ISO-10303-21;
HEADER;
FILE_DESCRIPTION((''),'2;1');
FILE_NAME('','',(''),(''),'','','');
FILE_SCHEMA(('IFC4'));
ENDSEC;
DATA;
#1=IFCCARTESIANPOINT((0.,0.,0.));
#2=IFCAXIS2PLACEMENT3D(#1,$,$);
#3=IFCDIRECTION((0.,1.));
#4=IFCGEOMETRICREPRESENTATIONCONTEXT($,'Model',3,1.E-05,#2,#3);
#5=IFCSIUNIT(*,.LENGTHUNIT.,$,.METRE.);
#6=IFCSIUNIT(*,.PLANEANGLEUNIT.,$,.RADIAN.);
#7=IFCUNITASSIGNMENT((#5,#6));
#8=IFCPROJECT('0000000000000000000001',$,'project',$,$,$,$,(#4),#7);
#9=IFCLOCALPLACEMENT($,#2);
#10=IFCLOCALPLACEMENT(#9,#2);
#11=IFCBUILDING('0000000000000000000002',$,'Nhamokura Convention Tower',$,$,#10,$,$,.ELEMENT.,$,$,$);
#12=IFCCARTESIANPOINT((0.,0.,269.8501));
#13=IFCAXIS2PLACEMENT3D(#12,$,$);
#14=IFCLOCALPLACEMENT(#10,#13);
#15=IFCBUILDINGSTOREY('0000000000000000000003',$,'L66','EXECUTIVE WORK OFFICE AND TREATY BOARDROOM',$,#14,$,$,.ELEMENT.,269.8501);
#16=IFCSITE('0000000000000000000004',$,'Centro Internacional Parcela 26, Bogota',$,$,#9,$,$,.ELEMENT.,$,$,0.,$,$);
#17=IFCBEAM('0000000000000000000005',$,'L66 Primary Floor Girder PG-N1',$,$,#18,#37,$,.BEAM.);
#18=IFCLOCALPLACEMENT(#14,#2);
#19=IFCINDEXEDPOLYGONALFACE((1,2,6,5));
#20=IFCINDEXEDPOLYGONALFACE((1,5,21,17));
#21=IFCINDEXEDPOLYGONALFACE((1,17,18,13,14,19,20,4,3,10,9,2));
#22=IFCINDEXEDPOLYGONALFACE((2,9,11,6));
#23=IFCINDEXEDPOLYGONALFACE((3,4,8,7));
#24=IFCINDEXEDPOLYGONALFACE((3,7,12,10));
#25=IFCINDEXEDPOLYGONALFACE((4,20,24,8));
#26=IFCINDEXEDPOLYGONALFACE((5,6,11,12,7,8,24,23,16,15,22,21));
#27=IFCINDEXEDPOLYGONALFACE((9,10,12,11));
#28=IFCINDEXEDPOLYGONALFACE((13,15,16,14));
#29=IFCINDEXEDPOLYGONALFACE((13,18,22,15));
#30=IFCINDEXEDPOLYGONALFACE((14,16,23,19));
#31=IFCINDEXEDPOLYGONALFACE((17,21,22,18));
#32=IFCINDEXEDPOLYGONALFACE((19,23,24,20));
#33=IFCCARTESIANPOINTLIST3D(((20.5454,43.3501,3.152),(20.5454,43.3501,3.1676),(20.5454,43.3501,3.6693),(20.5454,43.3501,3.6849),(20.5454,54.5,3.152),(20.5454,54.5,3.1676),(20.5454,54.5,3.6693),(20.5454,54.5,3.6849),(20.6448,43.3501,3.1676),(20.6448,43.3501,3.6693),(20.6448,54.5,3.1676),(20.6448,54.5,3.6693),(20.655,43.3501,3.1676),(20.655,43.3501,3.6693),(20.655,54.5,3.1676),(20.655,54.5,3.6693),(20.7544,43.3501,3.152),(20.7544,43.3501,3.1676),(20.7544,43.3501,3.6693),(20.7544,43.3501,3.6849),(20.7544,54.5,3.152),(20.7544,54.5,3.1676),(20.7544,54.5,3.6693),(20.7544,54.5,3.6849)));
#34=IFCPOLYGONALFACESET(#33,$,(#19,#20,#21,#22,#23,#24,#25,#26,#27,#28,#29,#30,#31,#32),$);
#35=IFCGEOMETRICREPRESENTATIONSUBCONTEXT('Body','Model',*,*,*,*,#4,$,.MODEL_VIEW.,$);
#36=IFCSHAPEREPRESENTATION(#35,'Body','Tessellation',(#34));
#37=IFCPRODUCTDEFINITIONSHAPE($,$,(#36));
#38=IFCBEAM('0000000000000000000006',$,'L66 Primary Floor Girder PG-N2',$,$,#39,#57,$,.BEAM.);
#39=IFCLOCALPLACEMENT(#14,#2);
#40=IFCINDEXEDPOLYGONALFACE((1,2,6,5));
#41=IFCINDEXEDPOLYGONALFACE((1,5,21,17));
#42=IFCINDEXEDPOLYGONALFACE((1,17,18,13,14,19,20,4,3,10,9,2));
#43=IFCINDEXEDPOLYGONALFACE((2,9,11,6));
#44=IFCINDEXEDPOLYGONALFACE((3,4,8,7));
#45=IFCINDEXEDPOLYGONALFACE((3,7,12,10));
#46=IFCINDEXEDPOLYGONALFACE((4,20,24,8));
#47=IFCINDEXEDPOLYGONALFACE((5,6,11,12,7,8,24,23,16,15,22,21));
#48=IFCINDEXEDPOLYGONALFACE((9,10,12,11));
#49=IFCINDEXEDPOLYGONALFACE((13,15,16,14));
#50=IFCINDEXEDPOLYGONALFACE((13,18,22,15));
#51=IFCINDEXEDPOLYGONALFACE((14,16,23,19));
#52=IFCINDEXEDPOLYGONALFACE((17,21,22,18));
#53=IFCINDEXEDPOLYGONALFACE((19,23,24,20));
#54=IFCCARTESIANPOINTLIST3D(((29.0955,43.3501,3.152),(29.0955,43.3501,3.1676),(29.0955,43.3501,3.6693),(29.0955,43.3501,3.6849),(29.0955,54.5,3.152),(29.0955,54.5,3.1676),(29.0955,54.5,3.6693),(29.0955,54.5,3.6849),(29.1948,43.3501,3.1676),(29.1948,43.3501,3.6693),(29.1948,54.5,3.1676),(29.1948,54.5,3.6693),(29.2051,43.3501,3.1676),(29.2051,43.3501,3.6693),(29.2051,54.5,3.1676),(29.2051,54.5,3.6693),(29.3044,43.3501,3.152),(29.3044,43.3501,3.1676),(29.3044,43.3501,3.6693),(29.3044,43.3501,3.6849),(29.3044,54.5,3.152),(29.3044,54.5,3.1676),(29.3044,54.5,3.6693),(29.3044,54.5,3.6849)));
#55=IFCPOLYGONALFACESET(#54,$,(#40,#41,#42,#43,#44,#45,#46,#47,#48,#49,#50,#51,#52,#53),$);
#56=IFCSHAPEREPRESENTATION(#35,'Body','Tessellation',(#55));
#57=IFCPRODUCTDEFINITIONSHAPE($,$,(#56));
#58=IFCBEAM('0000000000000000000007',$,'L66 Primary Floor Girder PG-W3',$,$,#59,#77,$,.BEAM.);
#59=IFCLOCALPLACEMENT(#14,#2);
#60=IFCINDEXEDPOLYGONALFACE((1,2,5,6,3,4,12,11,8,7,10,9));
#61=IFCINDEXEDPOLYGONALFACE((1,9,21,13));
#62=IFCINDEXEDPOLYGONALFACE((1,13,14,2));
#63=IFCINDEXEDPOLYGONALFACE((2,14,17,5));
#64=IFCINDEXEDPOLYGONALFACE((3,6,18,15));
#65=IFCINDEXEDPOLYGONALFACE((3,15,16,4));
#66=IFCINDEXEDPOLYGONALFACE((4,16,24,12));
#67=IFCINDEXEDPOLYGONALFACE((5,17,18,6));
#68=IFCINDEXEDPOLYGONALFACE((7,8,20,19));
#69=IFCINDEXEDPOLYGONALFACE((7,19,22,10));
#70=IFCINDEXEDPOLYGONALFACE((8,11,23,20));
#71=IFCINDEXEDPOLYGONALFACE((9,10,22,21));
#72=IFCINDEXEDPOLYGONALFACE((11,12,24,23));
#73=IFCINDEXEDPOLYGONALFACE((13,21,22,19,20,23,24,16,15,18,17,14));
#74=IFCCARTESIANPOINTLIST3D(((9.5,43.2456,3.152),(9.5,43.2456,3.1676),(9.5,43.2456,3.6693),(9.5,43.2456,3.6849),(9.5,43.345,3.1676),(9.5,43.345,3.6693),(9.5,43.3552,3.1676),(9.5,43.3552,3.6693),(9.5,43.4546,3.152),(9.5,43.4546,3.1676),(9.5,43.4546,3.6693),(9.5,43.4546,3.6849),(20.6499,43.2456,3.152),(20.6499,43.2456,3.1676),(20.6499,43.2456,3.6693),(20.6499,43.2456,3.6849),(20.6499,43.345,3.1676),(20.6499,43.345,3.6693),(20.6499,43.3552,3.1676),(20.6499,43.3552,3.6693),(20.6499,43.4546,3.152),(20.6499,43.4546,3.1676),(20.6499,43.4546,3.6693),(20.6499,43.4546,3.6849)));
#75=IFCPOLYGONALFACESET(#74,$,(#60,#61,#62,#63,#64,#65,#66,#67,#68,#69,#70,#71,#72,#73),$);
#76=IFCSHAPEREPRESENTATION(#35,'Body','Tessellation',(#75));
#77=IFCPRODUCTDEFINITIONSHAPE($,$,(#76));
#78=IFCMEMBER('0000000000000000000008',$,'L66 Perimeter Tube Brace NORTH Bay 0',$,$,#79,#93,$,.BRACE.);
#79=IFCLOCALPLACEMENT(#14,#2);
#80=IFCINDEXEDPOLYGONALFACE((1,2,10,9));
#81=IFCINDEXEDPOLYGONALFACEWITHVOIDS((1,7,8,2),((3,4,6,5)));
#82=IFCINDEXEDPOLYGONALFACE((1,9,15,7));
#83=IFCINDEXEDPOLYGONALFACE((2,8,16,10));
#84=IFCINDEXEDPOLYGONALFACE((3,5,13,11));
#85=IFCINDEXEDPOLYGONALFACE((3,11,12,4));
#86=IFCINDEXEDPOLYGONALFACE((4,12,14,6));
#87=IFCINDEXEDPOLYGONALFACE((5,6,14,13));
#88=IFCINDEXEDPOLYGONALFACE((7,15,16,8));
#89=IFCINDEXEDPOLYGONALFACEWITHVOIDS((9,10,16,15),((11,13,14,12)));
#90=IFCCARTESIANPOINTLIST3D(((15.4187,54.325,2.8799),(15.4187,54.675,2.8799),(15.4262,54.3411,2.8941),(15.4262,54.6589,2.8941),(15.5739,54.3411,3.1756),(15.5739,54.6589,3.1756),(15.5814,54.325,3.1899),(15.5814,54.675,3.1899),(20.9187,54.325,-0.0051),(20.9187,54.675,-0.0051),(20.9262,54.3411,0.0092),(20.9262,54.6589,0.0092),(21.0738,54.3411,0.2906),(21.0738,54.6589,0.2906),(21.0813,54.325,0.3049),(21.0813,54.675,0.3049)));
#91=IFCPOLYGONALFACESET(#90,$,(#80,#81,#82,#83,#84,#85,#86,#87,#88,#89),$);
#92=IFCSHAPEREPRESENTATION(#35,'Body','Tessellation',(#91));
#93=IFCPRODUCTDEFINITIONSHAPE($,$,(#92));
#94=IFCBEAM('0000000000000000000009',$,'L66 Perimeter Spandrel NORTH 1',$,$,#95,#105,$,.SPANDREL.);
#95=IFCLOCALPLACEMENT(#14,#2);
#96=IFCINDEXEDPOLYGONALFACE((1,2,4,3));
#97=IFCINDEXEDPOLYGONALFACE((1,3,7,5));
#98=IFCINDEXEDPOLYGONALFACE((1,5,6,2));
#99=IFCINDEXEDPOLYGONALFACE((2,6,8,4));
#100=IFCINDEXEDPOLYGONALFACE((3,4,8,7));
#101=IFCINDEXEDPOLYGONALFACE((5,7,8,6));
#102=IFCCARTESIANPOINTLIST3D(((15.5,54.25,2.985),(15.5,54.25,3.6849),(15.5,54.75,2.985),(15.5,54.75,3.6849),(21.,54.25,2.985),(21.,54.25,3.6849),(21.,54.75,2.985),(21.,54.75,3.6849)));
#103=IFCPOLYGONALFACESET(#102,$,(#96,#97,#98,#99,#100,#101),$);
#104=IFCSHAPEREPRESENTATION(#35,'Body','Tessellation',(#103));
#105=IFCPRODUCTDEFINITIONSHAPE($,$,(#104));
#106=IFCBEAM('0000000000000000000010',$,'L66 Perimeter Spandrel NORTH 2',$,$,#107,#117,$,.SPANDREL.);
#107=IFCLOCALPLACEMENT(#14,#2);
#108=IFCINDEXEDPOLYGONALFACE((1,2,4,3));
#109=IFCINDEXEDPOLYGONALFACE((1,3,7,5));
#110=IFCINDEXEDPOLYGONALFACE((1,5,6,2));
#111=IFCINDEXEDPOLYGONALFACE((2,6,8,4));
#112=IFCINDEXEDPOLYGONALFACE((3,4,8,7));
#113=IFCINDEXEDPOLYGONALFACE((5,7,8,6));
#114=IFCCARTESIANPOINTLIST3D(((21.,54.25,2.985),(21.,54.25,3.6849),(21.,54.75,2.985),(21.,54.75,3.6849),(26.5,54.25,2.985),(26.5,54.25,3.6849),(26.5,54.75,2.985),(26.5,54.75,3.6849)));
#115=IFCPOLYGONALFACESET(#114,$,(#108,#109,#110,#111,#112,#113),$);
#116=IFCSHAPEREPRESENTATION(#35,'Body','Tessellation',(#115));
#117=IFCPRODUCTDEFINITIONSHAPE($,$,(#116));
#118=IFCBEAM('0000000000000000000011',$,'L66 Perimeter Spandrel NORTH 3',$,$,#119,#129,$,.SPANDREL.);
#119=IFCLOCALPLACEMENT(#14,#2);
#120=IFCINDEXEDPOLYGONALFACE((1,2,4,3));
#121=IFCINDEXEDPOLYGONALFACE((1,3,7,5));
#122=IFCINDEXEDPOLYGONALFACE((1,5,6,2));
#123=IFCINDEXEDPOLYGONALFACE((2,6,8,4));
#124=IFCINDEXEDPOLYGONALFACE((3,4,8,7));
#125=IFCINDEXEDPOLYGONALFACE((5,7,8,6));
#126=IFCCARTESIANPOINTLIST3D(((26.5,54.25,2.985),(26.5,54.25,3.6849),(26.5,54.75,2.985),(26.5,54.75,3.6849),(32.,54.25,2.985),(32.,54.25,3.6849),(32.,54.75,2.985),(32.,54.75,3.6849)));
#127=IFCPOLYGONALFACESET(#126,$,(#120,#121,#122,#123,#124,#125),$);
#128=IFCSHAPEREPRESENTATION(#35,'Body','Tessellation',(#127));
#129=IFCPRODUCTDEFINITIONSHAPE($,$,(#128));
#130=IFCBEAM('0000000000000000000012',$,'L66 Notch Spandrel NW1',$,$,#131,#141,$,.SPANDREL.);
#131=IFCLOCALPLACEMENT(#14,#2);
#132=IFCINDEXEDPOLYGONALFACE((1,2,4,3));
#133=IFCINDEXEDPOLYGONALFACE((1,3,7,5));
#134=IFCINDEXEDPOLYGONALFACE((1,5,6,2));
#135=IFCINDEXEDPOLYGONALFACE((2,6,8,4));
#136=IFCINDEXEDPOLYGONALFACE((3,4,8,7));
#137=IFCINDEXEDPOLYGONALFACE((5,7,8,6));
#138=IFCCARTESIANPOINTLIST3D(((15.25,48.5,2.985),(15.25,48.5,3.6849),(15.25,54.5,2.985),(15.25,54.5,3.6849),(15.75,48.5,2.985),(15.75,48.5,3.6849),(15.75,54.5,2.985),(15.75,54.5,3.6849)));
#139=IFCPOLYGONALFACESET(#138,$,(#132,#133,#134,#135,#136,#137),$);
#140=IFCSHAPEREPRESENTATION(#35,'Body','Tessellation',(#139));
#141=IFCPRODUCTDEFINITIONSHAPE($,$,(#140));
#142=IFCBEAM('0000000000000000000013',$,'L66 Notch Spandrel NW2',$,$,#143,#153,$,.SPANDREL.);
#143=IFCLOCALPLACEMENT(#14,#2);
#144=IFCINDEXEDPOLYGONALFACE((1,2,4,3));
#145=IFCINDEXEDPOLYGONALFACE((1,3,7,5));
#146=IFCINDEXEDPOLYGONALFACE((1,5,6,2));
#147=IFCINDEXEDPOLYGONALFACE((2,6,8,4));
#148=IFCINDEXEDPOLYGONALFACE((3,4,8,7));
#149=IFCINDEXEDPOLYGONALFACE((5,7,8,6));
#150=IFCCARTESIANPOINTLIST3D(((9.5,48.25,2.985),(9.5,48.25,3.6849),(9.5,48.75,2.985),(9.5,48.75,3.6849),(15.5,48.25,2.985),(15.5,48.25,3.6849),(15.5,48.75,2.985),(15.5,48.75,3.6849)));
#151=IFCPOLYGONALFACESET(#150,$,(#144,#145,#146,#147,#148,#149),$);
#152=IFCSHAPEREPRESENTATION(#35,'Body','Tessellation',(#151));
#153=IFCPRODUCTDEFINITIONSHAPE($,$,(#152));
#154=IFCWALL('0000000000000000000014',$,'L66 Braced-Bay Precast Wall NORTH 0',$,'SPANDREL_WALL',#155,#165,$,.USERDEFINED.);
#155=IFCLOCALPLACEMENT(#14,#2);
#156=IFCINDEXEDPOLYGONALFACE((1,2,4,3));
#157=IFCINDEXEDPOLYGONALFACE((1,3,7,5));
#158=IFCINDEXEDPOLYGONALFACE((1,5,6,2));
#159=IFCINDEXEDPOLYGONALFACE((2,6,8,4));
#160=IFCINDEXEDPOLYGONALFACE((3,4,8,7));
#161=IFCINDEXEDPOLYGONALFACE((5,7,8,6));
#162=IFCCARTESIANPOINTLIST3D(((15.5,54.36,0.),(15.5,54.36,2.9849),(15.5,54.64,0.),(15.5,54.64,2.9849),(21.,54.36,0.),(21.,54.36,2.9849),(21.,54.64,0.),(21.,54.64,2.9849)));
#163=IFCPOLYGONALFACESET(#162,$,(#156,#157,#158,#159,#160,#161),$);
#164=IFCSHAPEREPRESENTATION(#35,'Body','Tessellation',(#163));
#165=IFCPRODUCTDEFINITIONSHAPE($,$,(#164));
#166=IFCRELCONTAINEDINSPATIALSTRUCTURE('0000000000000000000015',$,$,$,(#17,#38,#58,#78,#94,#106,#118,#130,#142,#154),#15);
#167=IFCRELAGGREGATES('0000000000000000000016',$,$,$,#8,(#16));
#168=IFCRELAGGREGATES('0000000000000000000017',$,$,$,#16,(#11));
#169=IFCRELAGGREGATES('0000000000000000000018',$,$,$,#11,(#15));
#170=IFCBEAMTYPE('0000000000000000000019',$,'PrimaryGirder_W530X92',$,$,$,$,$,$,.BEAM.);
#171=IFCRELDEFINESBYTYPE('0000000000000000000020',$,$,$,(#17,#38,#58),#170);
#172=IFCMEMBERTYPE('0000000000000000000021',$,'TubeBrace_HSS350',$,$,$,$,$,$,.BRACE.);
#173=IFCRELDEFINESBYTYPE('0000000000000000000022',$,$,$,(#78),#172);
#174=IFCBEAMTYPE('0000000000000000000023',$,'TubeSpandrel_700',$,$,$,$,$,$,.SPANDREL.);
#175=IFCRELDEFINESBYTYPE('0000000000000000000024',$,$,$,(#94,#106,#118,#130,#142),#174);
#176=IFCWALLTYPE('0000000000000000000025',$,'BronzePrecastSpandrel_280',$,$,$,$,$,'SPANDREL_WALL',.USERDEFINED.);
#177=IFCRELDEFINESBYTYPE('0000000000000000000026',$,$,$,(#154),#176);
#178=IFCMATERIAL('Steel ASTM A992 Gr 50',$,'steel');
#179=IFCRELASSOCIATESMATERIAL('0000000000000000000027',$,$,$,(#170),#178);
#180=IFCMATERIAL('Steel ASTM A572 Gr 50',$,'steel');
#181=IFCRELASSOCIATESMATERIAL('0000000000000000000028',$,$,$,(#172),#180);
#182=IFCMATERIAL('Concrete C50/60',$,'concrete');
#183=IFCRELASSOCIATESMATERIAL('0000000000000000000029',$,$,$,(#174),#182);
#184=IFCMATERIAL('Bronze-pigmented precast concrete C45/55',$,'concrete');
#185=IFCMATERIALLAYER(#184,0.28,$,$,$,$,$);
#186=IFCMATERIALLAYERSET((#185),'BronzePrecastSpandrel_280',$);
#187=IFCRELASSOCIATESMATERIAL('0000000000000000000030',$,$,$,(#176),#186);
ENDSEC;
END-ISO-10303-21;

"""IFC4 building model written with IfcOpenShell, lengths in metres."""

from ifc_helpers import new_model, si_unit, direction, frame, frame_2d, origin, origin_2d, place, context, subcontext, project, spatial, rectangle, hollow_rectangle, i_section, extrude, material, layer, layer_set, material_profile, profile_set, type_object, element, save


model = new_model("IFC4")

# Units and contexts
model_context = context("Model", 3, precision=1e-05, world=origin(), true_north=direction((0.0, 1.0)))
body_context = subcontext(model_context, "Body", "Model", "MODEL_VIEW")
ifc_project = project(units=[si_unit("LENGTHUNIT", "METRE"), si_unit("PLANEANGLEUNIT", "RADIAN")], contexts=[model_context])

# Site, building, storey
site_placement = place(None, origin())
site = spatial("IfcSite", under=ifc_project, at=site_placement, Name="Centro Internacional Parcela 26, Bogota", CompositionType="ELEMENT", RefElevation=0.0)
building_placement = place(site_placement, origin())
building = spatial("IfcBuilding", under=site, at=building_placement, Name="Nhamokura Convention Tower", CompositionType="ELEMENT")
storey_placement = place(building_placement, frame((0.0, 0.0, 269.8501)))
storey = spatial("IfcBuildingStorey", under=building, at=storey_placement, Name="L66", Description="EXECUTIVE WORK OFFICE AND TREATY BOARDROOM", CompositionType="ELEMENT", Elevation=269.8501)

# Beams
ifc_material_1 = material(Name="Steel ASTM A992 Gr 50", Category="steel")
ifc_material_profile_1 = material_profile(ifc_material_1, i_section(OverallWidth=0.209, OverallDepth=0.533, WebThickness=0.0103, FlangeThickness=0.0156, at=origin_2d()))
ifc_profile_set_1 = profile_set([ifc_material_profile_1], Name="Steel ASTM A992 Gr 50")
beam_type_1 = type_object("IfcBeamType", Name="PrimaryGirder_W530X92", PredefinedType="BEAM", material=ifc_profile_set_1)
for number, where, z_axis, x_axis, name in (
    (1, (20.6499, 43.3501, 3.4185), (0.0, 1.0, 0.0), (-1.0, 0.0, 0.0), "L66 Primary Floor Girder PG-N1"),
    (2, (29.2, 43.3501, 3.4185), (0.0, 1.0, 0.0), (-1.0, 0.0, 0.0), "L66 Primary Floor Girder PG-N2"),
    (3, (9.5, 43.3501, 3.4185), (1.0, 0.0, 0.0), (0.0, 1.0, 0.0), "L66 Primary Floor Girder PG-W3"),
):
    element("IfcBeam", number, at=place(storey_placement, frame(where, z_axis=z_axis, x_axis=x_axis)), inside=storey, type_object=beam_type_1, Name=name, PredefinedType="BEAM", context=body_context, shape_type="SweptSolid", body=[
        extrude(i_section(OverallWidth=0.209, OverallDepth=0.533, WebThickness=0.0103, FlangeThickness=0.0156, at=origin_2d()), origin(), (0.0, 0.0, 1.0), 11.1499),
    ])

# Member
ifc_material_2 = material(Name="Steel ASTM A572 Gr 50", Category="steel")
ifc_material_profile_2 = material_profile(ifc_material_2, hollow_rectangle(XDim=0.3501, YDim=0.3501, WallThickness=0.0161, at=origin_2d()))
ifc_profile_set_2 = profile_set([ifc_material_profile_2], Name="Steel ASTM A572 Gr 50")
member_type_1 = type_object("IfcMemberType", Name="TubeBrace_HSS350", PredefinedType="BRACE", material=ifc_profile_set_2)
member_1_placement = place(storey_placement, frame((21.0, 54.5, 0.1499), z_axis=(-0.885563, 0.0, 0.46452), x_axis=(0.0, -1.0, 0.0)))
element("IfcMember", 4, at=member_1_placement, inside=storey, type_object=member_type_1, Name="L66 Perimeter Tube Brace NORTH Bay 0", PredefinedType="BRACE", context=body_context, shape_type="SweptSolid", body=[
    extrude(hollow_rectangle(XDim=0.3501, YDim=0.3501, WallThickness=0.0161, at=origin_2d()), origin(), (0.0, 0.0, 1.0), 6.2107),
])

# Beams
ifc_material_3 = material(Name="Concrete C50/60", Category="concrete")
ifc_material_profile_3 = material_profile(ifc_material_3, rectangle(XDim=0.5, YDim=0.7, at=origin_2d()))
ifc_profile_set_3 = profile_set([ifc_material_profile_3], Name="Concrete C50/60")
beam_type_2 = type_object("IfcBeamType", Name="TubeSpandrel_700", PredefinedType="SPANDREL", material=ifc_profile_set_3)
for number, where, z_axis, x_axis, name in (
    (5, (15.5, 54.5, 3.335), (1.0, 0.0, 0.0), (0.0, 1.0, 0.0), "L66 Perimeter Spandrel NORTH 1"),
    (6, (21.0, 54.5, 3.335), (1.0, 0.0, 0.0), (0.0, 1.0, 0.0), "L66 Perimeter Spandrel NORTH 2"),
    (7, (26.5, 54.5, 3.335), (1.0, 0.0, 0.0), (0.0, 1.0, 0.0), "L66 Perimeter Spandrel NORTH 3"),
):
    element("IfcBeam", number, at=place(storey_placement, frame(where, z_axis=z_axis, x_axis=x_axis)), inside=storey, type_object=beam_type_2, Name=name, PredefinedType="SPANDREL", context=body_context, shape_type="SweptSolid", body=[
        extrude(rectangle(XDim=0.5, YDim=0.7, at=origin_2d()), origin(), (0.0, 0.0, 1.0), 5.5),
    ])
for number, where, z_axis, x_axis, name in (
    (8, (15.5, 54.5, 3.335), (0.0, -1.0, 0.0), (1.0, 0.0, 0.0), "L66 Notch Spandrel NW1"),
    (9, (15.5, 48.5, 3.335), (-1.0, 0.0, 0.0), (0.0, -1.0, 0.0), "L66 Notch Spandrel NW2"),
):
    element("IfcBeam", number, at=place(storey_placement, frame(where, z_axis=z_axis, x_axis=x_axis)), inside=storey, type_object=beam_type_2, Name=name, PredefinedType="SPANDREL", context=body_context, shape_type="SweptSolid", body=[
        extrude(rectangle(XDim=0.5, YDim=0.7, at=origin_2d()), origin(), (0.0, 0.0, 1.0), 6.0),
    ])

# Wall
ifc_material_4 = material(Name="Bronze-pigmented precast concrete C45/55", Category="concrete")
ifc_layer_1 = layer(ifc_material_4, 0.28)
ifc_layer_set_1 = layer_set([ifc_layer_1], Name="BronzePrecastSpandrel_280")
wall_type_1 = type_object("IfcWallType", Name="BronzePrecastSpandrel_280", ElementType="SPANDREL_WALL", PredefinedType="USERDEFINED", material=ifc_layer_set_1)
wall_1_placement = place(storey_placement, frame((15.5, 54.5, 0.0), z_axis=(0.0, 0.0, 1.0), x_axis=(1.0, 0.0, 0.0)))
element("IfcWall", 10, at=wall_1_placement, inside=storey, type_object=wall_type_1, Name="L66 Braced-Bay Precast Wall NORTH 0", ObjectType="SPANDREL_WALL", PredefinedType="USERDEFINED", context=body_context, shape_type="SweptSolid", body=[
    extrude(rectangle(XDim=5.5, YDim=0.28, at=frame_2d((2.75, 0.0))), origin(), (0.0, 0.0, 1.0), 2.9849),
])

save(model, "model.ifc")
